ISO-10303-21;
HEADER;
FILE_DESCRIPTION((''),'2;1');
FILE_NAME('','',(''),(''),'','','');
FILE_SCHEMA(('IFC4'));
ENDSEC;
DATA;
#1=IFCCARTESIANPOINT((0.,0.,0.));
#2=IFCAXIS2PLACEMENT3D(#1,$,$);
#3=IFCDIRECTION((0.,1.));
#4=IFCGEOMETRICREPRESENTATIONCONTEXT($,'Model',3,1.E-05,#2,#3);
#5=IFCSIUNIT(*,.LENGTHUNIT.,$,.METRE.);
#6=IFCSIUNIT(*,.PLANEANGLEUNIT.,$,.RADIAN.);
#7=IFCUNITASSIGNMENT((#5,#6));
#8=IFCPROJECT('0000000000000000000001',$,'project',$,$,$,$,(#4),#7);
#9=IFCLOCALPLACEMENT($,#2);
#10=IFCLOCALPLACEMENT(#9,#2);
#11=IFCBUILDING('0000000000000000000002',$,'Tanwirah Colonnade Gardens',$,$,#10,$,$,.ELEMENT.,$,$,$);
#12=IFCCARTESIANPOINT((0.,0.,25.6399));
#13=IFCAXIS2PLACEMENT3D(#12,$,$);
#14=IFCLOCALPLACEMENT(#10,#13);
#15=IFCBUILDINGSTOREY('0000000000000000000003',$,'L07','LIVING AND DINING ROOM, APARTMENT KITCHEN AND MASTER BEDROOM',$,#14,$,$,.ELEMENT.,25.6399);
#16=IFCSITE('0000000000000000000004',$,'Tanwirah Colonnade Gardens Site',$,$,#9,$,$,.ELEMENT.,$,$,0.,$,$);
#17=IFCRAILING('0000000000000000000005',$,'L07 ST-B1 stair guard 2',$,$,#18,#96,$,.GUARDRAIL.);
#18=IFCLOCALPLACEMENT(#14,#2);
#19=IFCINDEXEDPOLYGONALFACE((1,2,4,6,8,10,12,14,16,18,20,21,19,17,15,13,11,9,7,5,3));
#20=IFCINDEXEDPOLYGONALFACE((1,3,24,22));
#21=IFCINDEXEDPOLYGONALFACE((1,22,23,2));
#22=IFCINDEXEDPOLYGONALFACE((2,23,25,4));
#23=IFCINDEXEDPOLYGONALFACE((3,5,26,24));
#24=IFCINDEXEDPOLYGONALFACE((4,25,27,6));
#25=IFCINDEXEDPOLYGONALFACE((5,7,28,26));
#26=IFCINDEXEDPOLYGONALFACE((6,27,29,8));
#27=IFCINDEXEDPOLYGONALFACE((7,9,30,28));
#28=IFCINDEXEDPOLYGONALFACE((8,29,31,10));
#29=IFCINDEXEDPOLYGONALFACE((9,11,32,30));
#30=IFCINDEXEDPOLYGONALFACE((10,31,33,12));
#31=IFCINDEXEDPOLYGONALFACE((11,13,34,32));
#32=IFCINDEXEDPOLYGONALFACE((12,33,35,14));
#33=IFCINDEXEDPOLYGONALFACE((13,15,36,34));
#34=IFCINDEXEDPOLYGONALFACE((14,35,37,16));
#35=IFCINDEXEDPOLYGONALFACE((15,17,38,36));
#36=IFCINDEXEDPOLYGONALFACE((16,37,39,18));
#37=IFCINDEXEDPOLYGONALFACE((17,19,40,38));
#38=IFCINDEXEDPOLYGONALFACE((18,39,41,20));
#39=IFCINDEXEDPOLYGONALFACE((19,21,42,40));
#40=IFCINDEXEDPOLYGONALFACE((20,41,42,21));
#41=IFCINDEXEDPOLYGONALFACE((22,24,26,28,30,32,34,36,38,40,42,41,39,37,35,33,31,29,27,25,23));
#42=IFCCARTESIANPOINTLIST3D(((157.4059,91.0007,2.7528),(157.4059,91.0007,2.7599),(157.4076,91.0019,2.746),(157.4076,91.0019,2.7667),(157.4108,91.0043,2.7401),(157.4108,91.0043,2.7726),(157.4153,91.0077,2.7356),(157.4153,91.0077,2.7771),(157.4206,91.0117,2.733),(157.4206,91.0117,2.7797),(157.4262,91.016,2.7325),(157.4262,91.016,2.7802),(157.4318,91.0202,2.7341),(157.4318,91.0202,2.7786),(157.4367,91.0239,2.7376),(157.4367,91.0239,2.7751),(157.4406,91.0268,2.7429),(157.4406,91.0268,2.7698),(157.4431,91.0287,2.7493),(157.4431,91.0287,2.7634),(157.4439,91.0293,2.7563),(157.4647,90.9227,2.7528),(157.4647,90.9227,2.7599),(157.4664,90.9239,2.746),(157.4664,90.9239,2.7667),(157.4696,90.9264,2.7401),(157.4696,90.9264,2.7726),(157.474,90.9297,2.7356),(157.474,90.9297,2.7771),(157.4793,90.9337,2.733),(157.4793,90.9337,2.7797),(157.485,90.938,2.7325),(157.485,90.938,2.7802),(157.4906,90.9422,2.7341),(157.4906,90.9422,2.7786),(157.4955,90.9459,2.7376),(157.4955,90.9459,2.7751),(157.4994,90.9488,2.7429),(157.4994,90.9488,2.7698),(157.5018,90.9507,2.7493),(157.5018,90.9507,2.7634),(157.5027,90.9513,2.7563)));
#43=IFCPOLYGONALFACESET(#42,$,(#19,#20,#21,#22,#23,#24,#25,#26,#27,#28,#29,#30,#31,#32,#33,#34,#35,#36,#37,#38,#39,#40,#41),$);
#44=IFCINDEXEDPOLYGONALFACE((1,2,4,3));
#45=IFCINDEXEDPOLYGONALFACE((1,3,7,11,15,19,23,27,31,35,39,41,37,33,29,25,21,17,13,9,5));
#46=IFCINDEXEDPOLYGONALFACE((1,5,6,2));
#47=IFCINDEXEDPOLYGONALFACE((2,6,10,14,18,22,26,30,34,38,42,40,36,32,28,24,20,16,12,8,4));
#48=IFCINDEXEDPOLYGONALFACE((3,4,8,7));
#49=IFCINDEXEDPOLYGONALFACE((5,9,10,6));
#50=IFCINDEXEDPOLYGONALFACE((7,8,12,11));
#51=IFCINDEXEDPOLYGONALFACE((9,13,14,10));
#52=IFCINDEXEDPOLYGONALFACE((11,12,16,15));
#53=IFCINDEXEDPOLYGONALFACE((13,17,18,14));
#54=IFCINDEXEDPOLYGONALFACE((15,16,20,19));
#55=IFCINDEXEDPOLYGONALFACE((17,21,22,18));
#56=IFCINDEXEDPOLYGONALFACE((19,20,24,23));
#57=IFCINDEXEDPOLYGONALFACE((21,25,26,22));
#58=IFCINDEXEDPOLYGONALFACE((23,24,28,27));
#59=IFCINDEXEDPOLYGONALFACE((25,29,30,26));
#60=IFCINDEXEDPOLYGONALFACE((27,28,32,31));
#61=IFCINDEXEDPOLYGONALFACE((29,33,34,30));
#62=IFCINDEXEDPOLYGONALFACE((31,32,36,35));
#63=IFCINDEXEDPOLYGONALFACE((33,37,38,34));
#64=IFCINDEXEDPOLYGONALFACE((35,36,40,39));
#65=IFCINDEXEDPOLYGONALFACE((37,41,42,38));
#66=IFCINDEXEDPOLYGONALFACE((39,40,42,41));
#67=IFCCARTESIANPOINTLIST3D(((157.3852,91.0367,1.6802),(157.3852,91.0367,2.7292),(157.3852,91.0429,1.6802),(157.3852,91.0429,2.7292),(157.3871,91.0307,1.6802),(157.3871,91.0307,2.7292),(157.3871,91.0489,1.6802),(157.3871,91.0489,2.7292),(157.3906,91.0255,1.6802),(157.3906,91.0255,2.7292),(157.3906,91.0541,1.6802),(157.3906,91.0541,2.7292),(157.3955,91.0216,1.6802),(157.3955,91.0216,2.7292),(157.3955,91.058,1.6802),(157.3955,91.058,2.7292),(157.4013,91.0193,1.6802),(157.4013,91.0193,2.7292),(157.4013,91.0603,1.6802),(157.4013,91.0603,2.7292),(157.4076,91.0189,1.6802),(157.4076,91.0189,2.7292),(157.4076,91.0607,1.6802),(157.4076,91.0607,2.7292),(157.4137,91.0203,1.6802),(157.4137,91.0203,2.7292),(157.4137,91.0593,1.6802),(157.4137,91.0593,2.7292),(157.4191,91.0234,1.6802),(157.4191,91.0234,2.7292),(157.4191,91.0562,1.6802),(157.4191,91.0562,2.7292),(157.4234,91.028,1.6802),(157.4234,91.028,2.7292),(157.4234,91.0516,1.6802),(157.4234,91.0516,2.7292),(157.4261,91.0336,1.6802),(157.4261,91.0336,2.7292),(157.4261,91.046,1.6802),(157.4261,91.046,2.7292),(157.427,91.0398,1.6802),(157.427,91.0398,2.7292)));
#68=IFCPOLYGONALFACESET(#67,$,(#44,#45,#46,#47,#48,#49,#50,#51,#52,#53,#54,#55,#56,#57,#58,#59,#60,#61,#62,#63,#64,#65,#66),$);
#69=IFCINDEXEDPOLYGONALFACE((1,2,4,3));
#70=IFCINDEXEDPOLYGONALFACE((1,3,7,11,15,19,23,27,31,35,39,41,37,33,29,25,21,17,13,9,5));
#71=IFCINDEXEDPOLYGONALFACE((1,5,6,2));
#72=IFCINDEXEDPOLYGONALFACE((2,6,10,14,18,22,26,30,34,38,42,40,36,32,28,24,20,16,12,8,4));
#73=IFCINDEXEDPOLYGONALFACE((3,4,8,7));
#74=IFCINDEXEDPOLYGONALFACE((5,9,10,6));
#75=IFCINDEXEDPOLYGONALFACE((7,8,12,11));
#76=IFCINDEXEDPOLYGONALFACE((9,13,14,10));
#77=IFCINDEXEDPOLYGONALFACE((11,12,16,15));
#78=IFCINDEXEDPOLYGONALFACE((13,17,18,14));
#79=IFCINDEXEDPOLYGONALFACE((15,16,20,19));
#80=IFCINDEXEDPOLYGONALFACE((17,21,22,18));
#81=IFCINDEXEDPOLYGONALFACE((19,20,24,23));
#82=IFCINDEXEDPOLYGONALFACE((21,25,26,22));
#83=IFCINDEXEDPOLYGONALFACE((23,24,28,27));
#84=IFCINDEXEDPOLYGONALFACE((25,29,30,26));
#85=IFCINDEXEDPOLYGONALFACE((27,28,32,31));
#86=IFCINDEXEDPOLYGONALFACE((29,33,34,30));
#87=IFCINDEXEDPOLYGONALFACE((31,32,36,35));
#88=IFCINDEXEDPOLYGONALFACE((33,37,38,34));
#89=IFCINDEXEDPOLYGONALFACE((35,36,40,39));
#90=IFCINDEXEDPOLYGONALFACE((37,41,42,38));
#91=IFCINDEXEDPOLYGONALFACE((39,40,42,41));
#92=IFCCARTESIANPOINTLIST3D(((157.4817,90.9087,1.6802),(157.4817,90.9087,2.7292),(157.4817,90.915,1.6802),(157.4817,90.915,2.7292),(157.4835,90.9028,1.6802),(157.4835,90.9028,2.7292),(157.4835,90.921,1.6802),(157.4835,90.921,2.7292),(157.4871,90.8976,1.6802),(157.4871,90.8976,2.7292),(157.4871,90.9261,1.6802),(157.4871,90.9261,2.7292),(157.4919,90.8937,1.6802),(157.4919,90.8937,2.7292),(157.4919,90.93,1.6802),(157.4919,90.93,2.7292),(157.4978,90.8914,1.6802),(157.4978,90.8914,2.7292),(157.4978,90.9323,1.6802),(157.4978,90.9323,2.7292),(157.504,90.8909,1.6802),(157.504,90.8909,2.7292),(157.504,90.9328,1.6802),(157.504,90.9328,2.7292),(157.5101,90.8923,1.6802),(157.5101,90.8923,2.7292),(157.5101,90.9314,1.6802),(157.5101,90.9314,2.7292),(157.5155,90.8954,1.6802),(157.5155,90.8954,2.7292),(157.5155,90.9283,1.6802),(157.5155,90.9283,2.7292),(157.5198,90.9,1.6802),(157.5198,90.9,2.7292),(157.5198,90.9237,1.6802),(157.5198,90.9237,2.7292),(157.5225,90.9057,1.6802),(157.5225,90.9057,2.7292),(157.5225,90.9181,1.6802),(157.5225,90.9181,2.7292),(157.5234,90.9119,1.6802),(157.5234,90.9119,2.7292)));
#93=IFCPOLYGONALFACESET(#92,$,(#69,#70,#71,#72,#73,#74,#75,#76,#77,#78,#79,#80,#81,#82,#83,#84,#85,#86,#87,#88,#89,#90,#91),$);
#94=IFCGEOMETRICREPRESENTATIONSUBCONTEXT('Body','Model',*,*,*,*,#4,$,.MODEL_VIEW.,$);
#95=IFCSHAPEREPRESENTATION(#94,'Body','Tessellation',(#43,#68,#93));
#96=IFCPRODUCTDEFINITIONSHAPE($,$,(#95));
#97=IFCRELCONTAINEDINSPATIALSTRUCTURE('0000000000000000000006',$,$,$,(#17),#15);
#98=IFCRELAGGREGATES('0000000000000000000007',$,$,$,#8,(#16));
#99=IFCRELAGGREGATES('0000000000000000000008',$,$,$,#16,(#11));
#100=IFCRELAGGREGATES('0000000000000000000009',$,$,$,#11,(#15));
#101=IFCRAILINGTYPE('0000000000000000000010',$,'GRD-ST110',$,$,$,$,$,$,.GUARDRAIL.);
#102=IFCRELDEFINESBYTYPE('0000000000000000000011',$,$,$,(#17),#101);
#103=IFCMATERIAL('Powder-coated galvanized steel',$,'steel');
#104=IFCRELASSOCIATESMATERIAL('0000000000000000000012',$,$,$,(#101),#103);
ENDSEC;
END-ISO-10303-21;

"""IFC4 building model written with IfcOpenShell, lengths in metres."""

from ifc_helpers import new_model, si_unit, direction, frame, origin, origin_2d, place, context, subcontext, project, spatial, circle, extrude, material, type_object, element, save


model = new_model("IFC4")

# Units and contexts
model_context = context("Model", 3, precision=1e-05, world=origin(), true_north=direction((0.0, 1.0)))
body_context = subcontext(model_context, "Body", "Model", "MODEL_VIEW")
ifc_project = project(units=[si_unit("LENGTHUNIT", "METRE"), si_unit("PLANEANGLEUNIT", "RADIAN")], contexts=[model_context])

# Site, building, storey
site_placement = place(None, origin())
site = spatial("IfcSite", under=ifc_project, at=site_placement, Name="Tanwirah Colonnade Gardens Site", CompositionType="ELEMENT", RefElevation=0.0)
building_placement = place(site_placement, origin())
building = spatial("IfcBuilding", under=site, at=building_placement, Name="Tanwirah Colonnade Gardens", CompositionType="ELEMENT")
storey_placement = place(building_placement, frame((0.0, 0.0, 25.6399)))
storey = spatial("IfcBuildingStorey", under=building, at=storey_placement, Name="L07", Description="LIVING AND DINING ROOM, APARTMENT KITCHEN AND MASTER BEDROOM", CompositionType="ELEMENT", Elevation=25.6399)

# Railing
ifc_material_1 = material(Name="Powder-coated galvanized steel", Category="steel")
railing_type_1 = type_object("IfcRailingType", Name="GRD-ST110", PredefinedType="GUARDRAIL", material=ifc_material_1)
railing_1_placement = place(storey_placement, frame((157.406, 91.0398, 1.6802)))
element("IfcRailing", 1, at=railing_1_placement, inside=storey, type_object=railing_type_1, Name="L07 ST-B1 stair guard 2", PredefinedType="GUARDRAIL", context=body_context, shape_type="SweptSolid", body=[
    extrude(circle(Radius=0.0239, at=origin_2d()), frame((0.0188, -0.0249, 1.0762), z_axis=(0.601949, -0.798535, 0.0), x_axis=(0.798535, 0.601949, 0.0)), (0.0, 0.0, 1.0), 0.0977),
    extrude(circle(Radius=0.021, at=origin_2d()), origin(), (0.0, 0.0, 1.0), 1.0491),
    extrude(circle(Radius=0.021, at=origin_2d()), frame((0.0964, -0.1279, 0.0)), (0.0, 0.0, 1.0), 1.0491),
])

save(model, "model.ifc")
